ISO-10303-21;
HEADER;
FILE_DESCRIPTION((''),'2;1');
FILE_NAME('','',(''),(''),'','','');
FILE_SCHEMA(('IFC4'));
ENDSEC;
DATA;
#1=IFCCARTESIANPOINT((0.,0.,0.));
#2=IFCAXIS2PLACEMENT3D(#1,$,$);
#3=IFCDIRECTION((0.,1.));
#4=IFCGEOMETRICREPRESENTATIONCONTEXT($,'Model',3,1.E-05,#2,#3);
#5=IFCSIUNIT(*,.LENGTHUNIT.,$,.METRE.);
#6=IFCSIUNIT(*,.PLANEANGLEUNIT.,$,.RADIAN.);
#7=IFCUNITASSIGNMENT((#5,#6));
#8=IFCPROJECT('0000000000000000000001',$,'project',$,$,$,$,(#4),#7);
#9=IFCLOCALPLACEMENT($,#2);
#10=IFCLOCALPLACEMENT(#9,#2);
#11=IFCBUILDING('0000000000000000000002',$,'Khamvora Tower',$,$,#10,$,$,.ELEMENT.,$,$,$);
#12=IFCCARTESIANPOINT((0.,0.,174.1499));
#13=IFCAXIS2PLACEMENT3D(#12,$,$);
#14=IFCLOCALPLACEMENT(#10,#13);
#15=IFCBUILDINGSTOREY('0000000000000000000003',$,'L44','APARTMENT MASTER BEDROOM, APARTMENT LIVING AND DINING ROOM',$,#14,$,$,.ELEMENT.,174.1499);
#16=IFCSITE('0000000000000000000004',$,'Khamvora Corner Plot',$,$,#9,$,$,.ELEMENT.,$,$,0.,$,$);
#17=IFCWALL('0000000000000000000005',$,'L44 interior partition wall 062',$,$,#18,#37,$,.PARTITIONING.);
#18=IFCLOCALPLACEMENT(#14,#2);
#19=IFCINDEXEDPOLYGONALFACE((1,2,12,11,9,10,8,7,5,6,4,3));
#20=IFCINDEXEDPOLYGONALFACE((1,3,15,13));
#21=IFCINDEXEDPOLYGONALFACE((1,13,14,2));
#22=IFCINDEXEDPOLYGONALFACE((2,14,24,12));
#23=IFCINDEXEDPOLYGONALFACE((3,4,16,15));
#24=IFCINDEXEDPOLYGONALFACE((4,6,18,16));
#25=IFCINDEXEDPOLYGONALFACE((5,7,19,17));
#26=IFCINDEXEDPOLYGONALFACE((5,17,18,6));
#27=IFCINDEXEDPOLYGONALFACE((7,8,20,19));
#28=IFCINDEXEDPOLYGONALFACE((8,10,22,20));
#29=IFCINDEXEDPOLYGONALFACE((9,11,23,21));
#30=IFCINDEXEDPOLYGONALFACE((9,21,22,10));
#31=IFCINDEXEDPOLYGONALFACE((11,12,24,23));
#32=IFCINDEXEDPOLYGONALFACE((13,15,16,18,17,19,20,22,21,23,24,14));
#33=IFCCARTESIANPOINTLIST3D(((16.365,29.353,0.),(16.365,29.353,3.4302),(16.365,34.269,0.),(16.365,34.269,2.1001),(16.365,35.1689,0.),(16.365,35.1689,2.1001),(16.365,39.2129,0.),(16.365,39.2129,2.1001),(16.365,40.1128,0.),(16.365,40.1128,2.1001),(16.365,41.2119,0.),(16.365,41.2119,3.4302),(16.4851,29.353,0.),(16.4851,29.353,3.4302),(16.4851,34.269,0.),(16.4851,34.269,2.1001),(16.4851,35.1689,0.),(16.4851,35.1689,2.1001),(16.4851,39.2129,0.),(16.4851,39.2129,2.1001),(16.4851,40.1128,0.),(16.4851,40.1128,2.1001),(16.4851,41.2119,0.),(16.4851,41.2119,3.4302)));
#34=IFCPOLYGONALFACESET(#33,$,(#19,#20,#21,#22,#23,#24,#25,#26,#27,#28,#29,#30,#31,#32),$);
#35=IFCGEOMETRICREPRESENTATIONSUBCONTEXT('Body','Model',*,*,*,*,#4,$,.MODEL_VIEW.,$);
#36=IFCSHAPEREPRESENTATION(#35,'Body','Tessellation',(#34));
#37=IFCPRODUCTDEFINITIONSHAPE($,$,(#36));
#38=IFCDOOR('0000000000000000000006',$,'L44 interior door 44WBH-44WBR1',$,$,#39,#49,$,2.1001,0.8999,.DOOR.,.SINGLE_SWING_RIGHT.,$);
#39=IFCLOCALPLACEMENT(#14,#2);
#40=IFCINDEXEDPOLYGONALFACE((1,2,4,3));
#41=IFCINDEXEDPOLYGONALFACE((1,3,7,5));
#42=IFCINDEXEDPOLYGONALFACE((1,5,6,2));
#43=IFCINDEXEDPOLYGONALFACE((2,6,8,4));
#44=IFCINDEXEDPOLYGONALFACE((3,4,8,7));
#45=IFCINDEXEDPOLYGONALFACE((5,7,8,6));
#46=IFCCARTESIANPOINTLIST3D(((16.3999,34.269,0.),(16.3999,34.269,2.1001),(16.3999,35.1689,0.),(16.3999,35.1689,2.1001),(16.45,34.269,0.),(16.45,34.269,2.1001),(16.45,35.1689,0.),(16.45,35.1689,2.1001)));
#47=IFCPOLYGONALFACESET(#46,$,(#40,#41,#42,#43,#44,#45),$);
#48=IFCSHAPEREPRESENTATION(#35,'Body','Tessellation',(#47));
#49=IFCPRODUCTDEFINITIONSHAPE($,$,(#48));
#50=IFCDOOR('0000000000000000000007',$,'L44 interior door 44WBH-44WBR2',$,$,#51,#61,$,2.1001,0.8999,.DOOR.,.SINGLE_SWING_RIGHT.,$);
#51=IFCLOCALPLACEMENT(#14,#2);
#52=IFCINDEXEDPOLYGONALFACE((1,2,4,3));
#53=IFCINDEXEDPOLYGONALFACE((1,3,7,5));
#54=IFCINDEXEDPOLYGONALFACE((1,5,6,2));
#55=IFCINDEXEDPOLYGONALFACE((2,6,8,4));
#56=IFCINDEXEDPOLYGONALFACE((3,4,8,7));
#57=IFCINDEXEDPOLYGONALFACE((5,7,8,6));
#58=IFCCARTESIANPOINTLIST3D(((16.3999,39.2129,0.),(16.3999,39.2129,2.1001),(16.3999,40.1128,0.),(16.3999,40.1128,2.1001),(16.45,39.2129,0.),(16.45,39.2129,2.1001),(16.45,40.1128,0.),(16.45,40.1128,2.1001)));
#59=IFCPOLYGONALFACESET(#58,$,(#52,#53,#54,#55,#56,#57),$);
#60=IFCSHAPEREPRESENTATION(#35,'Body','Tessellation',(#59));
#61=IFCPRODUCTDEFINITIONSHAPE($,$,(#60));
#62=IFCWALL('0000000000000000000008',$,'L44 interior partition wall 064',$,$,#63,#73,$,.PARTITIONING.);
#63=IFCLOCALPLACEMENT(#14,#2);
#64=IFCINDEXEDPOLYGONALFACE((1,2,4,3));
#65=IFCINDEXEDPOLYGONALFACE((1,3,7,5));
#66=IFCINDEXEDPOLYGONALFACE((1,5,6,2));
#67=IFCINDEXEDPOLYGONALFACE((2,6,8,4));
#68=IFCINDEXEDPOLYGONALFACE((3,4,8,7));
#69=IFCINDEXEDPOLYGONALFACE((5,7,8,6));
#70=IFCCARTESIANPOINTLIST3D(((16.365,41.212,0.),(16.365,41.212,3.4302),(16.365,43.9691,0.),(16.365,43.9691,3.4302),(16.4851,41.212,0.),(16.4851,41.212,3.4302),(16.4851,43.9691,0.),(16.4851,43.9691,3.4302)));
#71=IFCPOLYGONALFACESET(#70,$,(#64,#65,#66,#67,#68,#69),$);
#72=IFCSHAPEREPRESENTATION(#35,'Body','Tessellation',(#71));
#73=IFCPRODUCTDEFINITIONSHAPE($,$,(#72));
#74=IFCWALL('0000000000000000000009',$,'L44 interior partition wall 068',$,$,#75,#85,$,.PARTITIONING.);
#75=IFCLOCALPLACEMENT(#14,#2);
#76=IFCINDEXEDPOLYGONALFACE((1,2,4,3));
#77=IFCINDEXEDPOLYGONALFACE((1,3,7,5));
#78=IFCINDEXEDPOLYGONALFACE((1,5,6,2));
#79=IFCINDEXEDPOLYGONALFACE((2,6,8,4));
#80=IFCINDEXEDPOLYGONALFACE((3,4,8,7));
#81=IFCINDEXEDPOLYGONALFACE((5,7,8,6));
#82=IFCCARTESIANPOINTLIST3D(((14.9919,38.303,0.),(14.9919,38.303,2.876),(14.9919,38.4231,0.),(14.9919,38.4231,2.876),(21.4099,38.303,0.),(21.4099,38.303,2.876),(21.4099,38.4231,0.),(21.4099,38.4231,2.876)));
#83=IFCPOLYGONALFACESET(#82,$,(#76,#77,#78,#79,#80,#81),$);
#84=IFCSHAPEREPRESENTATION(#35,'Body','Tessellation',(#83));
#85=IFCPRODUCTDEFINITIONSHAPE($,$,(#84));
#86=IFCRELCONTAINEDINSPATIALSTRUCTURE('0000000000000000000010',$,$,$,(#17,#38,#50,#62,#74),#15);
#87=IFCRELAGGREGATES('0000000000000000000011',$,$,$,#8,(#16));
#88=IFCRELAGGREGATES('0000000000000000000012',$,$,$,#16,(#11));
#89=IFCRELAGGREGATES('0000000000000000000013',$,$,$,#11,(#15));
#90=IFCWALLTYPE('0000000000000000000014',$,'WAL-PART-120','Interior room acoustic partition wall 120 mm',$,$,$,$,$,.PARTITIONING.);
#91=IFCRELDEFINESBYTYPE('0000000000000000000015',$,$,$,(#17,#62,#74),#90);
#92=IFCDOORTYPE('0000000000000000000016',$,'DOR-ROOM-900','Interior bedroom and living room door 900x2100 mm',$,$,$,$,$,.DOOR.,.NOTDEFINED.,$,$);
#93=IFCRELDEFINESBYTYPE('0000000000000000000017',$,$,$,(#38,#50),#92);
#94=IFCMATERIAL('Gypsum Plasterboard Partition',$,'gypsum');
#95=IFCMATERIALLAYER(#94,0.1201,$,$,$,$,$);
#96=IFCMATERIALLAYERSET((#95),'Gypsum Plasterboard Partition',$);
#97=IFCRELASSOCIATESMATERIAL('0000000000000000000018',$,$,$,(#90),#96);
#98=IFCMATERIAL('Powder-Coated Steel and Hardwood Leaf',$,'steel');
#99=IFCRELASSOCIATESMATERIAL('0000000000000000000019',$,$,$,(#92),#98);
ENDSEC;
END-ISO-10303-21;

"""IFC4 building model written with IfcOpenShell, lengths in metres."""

from ifc_helpers import new_model, si_unit, direction, frame, frame_2d, origin, place, context, subcontext, project, spatial, rectangle, extrude, material, layer, layer_set, type_object, element, fill, save


model = new_model("IFC4")

# Units and contexts
model_context = context("Model", 3, precision=1e-05, world=origin(), true_north=direction((0.0, 1.0)))
body_context = subcontext(model_context, "Body", "Model", "MODEL_VIEW")
ifc_project = project(units=[si_unit("LENGTHUNIT", "METRE"), si_unit("PLANEANGLEUNIT", "RADIAN")], contexts=[model_context])

# Site, building, storey
site_placement = place(None, origin())
site = spatial("IfcSite", under=ifc_project, at=site_placement, Name="Khamvora Corner Plot", CompositionType="ELEMENT", RefElevation=0.0)
building_placement = place(site_placement, origin())
building = spatial("IfcBuilding", under=site, at=building_placement, Name="Khamvora Tower", CompositionType="ELEMENT")
storey_placement = place(building_placement, frame((0.0, 0.0, 174.1499)))
storey = spatial("IfcBuildingStorey", under=building, at=storey_placement, Name="L44", Description="APARTMENT MASTER BEDROOM, APARTMENT LIVING AND DINING ROOM", CompositionType="ELEMENT", Elevation=174.1499)

# Wall, openings, doors
ifc_material_1 = material(Name="Gypsum Plasterboard Partition", Category="gypsum")
ifc_layer_1 = layer(ifc_material_1, 0.1201)
ifc_layer_set_1 = layer_set([ifc_layer_1], Name="Gypsum Plasterboard Partition")
wall_type_1 = type_object("IfcWallType", Name="WAL-PART-120", Description="Interior room acoustic partition wall 120 mm", PredefinedType="PARTITIONING", material=ifc_layer_set_1)
wall_1_placement = place(storey_placement, frame((16.425, 41.2119, 0.0), z_axis=(0.0, 0.0, 1.0), x_axis=(0.0, -1.0, 0.0)))
wall_1 = element("IfcWall", 1, at=wall_1_placement, inside=storey, type_object=wall_type_1, Name="L44 interior partition wall 062", PredefinedType="PARTITIONING", context=body_context, shape_type="SweptSolid", body=[
    extrude(rectangle(XDim=11.8589, YDim=0.1201, at=frame_2d((5.9294, 0.0))), origin(), (0.0, 0.0, 1.0), 3.4302),
])
opening_1_placement = place(wall_1_placement, frame((6.043, 0.0, 0.0)))
opening_1 = element("IfcOpeningElement", 2, at=opening_1_placement, cuts=wall_1, PredefinedType="OPENING", context=body_context, shape_type="SweptSolid", body=[
    extrude(rectangle(XDim=0.8999, YDim=2.1001, at=frame_2d((0.45, 1.05))), frame((0.0, 0.0701, 0.0), z_axis=(0.0, -1.0, 0.0), x_axis=(1.0, 0.0, 0.0)), (0.0, 0.0, 1.0), 0.1401),
])
opening_2_placement = place(wall_1_placement, frame((1.0991, 0.0, 0.0)))
opening_2 = element("IfcOpeningElement", 3, at=opening_2_placement, cuts=wall_1, PredefinedType="OPENING", context=body_context, shape_type="SweptSolid", body=[
    extrude(rectangle(XDim=0.8999, YDim=2.1001, at=frame_2d((0.45, 1.05))), frame((0.0, 0.0701, 0.0), z_axis=(0.0, -1.0, 0.0), x_axis=(1.0, 0.0, 0.0)), (0.0, 0.0, 1.0), 0.1401),
])
ifc_material_2 = material(Name="Powder-Coated Steel and Hardwood Leaf", Category="steel")
door_type = type_object("IfcDoorType", Name="DOR-ROOM-900", Description="Interior bedroom and living room door 900x2100 mm", OperationType="NOTDEFINED", PredefinedType="DOOR", material=ifc_material_2)
door_1_placement = place(opening_1_placement, origin())
door_1 = element("IfcDoor", 4, at=door_1_placement, inside=storey, type_object=door_type, Name="L44 interior door 44WBH-44WBR1", OperationType="SINGLE_SWING_RIGHT", OverallHeight=2.1001, OverallWidth=0.8999, PredefinedType="DOOR", context=body_context, shape_type="SweptSolid", body=[
    extrude(rectangle(XDim=0.8999, YDim=2.1001, at=frame_2d((0.45, 1.05))), frame((0.0, 0.0249, 0.0), z_axis=(0.0, -1.0, 0.0), x_axis=(1.0, 0.0, 0.0)), (0.0, 0.0, 1.0), 0.05),
])
fill(opening_1, door_1)
door_2_placement = place(opening_2_placement, origin())
door_2 = element("IfcDoor", 5, at=door_2_placement, inside=storey, type_object=door_type, Name="L44 interior door 44WBH-44WBR2", OperationType="SINGLE_SWING_RIGHT", OverallHeight=2.1001, OverallWidth=0.8999, PredefinedType="DOOR", context=body_context, shape_type="SweptSolid", body=[
    extrude(rectangle(XDim=0.8999, YDim=2.1001, at=frame_2d((0.45, 1.05))), frame((0.0, 0.0249, 0.0), z_axis=(0.0, -1.0, 0.0), x_axis=(1.0, 0.0, 0.0)), (0.0, 0.0, 1.0), 0.05),
])
fill(opening_2, door_2)

# Walls
wall_2_placement = place(storey_placement, frame((16.425, 43.969, 0.0), z_axis=(0.0, 0.0, 1.0), x_axis=(0.0, -1.0, 0.0)))
element("IfcWall", 6, at=wall_2_placement, inside=storey, type_object=wall_type_1, Name="L44 interior partition wall 064", PredefinedType="PARTITIONING", context=body_context, shape_type="SweptSolid", body=[
    extrude(rectangle(XDim=2.7571, YDim=0.1201, at=frame_2d((1.3784, 0.0))), origin(), (0.0, 0.0, 1.0), 3.4302),
])
wall_3_placement = place(storey_placement, frame((14.9919, 38.363, 0.0), z_axis=(0.0, 0.0, 1.0), x_axis=(1.0, 0.0, 0.0)))
element("IfcWall", 7, at=wall_3_placement, inside=storey, type_object=wall_type_1, Name="L44 interior partition wall 068", PredefinedType="PARTITIONING", context=body_context, shape_type="SweptSolid", body=[
    extrude(rectangle(XDim=6.418, YDim=0.1201, at=frame_2d((3.209, 0.0))), origin(), (0.0, 0.0, 1.0), 2.876),
])

save(model, "model.ifc")
